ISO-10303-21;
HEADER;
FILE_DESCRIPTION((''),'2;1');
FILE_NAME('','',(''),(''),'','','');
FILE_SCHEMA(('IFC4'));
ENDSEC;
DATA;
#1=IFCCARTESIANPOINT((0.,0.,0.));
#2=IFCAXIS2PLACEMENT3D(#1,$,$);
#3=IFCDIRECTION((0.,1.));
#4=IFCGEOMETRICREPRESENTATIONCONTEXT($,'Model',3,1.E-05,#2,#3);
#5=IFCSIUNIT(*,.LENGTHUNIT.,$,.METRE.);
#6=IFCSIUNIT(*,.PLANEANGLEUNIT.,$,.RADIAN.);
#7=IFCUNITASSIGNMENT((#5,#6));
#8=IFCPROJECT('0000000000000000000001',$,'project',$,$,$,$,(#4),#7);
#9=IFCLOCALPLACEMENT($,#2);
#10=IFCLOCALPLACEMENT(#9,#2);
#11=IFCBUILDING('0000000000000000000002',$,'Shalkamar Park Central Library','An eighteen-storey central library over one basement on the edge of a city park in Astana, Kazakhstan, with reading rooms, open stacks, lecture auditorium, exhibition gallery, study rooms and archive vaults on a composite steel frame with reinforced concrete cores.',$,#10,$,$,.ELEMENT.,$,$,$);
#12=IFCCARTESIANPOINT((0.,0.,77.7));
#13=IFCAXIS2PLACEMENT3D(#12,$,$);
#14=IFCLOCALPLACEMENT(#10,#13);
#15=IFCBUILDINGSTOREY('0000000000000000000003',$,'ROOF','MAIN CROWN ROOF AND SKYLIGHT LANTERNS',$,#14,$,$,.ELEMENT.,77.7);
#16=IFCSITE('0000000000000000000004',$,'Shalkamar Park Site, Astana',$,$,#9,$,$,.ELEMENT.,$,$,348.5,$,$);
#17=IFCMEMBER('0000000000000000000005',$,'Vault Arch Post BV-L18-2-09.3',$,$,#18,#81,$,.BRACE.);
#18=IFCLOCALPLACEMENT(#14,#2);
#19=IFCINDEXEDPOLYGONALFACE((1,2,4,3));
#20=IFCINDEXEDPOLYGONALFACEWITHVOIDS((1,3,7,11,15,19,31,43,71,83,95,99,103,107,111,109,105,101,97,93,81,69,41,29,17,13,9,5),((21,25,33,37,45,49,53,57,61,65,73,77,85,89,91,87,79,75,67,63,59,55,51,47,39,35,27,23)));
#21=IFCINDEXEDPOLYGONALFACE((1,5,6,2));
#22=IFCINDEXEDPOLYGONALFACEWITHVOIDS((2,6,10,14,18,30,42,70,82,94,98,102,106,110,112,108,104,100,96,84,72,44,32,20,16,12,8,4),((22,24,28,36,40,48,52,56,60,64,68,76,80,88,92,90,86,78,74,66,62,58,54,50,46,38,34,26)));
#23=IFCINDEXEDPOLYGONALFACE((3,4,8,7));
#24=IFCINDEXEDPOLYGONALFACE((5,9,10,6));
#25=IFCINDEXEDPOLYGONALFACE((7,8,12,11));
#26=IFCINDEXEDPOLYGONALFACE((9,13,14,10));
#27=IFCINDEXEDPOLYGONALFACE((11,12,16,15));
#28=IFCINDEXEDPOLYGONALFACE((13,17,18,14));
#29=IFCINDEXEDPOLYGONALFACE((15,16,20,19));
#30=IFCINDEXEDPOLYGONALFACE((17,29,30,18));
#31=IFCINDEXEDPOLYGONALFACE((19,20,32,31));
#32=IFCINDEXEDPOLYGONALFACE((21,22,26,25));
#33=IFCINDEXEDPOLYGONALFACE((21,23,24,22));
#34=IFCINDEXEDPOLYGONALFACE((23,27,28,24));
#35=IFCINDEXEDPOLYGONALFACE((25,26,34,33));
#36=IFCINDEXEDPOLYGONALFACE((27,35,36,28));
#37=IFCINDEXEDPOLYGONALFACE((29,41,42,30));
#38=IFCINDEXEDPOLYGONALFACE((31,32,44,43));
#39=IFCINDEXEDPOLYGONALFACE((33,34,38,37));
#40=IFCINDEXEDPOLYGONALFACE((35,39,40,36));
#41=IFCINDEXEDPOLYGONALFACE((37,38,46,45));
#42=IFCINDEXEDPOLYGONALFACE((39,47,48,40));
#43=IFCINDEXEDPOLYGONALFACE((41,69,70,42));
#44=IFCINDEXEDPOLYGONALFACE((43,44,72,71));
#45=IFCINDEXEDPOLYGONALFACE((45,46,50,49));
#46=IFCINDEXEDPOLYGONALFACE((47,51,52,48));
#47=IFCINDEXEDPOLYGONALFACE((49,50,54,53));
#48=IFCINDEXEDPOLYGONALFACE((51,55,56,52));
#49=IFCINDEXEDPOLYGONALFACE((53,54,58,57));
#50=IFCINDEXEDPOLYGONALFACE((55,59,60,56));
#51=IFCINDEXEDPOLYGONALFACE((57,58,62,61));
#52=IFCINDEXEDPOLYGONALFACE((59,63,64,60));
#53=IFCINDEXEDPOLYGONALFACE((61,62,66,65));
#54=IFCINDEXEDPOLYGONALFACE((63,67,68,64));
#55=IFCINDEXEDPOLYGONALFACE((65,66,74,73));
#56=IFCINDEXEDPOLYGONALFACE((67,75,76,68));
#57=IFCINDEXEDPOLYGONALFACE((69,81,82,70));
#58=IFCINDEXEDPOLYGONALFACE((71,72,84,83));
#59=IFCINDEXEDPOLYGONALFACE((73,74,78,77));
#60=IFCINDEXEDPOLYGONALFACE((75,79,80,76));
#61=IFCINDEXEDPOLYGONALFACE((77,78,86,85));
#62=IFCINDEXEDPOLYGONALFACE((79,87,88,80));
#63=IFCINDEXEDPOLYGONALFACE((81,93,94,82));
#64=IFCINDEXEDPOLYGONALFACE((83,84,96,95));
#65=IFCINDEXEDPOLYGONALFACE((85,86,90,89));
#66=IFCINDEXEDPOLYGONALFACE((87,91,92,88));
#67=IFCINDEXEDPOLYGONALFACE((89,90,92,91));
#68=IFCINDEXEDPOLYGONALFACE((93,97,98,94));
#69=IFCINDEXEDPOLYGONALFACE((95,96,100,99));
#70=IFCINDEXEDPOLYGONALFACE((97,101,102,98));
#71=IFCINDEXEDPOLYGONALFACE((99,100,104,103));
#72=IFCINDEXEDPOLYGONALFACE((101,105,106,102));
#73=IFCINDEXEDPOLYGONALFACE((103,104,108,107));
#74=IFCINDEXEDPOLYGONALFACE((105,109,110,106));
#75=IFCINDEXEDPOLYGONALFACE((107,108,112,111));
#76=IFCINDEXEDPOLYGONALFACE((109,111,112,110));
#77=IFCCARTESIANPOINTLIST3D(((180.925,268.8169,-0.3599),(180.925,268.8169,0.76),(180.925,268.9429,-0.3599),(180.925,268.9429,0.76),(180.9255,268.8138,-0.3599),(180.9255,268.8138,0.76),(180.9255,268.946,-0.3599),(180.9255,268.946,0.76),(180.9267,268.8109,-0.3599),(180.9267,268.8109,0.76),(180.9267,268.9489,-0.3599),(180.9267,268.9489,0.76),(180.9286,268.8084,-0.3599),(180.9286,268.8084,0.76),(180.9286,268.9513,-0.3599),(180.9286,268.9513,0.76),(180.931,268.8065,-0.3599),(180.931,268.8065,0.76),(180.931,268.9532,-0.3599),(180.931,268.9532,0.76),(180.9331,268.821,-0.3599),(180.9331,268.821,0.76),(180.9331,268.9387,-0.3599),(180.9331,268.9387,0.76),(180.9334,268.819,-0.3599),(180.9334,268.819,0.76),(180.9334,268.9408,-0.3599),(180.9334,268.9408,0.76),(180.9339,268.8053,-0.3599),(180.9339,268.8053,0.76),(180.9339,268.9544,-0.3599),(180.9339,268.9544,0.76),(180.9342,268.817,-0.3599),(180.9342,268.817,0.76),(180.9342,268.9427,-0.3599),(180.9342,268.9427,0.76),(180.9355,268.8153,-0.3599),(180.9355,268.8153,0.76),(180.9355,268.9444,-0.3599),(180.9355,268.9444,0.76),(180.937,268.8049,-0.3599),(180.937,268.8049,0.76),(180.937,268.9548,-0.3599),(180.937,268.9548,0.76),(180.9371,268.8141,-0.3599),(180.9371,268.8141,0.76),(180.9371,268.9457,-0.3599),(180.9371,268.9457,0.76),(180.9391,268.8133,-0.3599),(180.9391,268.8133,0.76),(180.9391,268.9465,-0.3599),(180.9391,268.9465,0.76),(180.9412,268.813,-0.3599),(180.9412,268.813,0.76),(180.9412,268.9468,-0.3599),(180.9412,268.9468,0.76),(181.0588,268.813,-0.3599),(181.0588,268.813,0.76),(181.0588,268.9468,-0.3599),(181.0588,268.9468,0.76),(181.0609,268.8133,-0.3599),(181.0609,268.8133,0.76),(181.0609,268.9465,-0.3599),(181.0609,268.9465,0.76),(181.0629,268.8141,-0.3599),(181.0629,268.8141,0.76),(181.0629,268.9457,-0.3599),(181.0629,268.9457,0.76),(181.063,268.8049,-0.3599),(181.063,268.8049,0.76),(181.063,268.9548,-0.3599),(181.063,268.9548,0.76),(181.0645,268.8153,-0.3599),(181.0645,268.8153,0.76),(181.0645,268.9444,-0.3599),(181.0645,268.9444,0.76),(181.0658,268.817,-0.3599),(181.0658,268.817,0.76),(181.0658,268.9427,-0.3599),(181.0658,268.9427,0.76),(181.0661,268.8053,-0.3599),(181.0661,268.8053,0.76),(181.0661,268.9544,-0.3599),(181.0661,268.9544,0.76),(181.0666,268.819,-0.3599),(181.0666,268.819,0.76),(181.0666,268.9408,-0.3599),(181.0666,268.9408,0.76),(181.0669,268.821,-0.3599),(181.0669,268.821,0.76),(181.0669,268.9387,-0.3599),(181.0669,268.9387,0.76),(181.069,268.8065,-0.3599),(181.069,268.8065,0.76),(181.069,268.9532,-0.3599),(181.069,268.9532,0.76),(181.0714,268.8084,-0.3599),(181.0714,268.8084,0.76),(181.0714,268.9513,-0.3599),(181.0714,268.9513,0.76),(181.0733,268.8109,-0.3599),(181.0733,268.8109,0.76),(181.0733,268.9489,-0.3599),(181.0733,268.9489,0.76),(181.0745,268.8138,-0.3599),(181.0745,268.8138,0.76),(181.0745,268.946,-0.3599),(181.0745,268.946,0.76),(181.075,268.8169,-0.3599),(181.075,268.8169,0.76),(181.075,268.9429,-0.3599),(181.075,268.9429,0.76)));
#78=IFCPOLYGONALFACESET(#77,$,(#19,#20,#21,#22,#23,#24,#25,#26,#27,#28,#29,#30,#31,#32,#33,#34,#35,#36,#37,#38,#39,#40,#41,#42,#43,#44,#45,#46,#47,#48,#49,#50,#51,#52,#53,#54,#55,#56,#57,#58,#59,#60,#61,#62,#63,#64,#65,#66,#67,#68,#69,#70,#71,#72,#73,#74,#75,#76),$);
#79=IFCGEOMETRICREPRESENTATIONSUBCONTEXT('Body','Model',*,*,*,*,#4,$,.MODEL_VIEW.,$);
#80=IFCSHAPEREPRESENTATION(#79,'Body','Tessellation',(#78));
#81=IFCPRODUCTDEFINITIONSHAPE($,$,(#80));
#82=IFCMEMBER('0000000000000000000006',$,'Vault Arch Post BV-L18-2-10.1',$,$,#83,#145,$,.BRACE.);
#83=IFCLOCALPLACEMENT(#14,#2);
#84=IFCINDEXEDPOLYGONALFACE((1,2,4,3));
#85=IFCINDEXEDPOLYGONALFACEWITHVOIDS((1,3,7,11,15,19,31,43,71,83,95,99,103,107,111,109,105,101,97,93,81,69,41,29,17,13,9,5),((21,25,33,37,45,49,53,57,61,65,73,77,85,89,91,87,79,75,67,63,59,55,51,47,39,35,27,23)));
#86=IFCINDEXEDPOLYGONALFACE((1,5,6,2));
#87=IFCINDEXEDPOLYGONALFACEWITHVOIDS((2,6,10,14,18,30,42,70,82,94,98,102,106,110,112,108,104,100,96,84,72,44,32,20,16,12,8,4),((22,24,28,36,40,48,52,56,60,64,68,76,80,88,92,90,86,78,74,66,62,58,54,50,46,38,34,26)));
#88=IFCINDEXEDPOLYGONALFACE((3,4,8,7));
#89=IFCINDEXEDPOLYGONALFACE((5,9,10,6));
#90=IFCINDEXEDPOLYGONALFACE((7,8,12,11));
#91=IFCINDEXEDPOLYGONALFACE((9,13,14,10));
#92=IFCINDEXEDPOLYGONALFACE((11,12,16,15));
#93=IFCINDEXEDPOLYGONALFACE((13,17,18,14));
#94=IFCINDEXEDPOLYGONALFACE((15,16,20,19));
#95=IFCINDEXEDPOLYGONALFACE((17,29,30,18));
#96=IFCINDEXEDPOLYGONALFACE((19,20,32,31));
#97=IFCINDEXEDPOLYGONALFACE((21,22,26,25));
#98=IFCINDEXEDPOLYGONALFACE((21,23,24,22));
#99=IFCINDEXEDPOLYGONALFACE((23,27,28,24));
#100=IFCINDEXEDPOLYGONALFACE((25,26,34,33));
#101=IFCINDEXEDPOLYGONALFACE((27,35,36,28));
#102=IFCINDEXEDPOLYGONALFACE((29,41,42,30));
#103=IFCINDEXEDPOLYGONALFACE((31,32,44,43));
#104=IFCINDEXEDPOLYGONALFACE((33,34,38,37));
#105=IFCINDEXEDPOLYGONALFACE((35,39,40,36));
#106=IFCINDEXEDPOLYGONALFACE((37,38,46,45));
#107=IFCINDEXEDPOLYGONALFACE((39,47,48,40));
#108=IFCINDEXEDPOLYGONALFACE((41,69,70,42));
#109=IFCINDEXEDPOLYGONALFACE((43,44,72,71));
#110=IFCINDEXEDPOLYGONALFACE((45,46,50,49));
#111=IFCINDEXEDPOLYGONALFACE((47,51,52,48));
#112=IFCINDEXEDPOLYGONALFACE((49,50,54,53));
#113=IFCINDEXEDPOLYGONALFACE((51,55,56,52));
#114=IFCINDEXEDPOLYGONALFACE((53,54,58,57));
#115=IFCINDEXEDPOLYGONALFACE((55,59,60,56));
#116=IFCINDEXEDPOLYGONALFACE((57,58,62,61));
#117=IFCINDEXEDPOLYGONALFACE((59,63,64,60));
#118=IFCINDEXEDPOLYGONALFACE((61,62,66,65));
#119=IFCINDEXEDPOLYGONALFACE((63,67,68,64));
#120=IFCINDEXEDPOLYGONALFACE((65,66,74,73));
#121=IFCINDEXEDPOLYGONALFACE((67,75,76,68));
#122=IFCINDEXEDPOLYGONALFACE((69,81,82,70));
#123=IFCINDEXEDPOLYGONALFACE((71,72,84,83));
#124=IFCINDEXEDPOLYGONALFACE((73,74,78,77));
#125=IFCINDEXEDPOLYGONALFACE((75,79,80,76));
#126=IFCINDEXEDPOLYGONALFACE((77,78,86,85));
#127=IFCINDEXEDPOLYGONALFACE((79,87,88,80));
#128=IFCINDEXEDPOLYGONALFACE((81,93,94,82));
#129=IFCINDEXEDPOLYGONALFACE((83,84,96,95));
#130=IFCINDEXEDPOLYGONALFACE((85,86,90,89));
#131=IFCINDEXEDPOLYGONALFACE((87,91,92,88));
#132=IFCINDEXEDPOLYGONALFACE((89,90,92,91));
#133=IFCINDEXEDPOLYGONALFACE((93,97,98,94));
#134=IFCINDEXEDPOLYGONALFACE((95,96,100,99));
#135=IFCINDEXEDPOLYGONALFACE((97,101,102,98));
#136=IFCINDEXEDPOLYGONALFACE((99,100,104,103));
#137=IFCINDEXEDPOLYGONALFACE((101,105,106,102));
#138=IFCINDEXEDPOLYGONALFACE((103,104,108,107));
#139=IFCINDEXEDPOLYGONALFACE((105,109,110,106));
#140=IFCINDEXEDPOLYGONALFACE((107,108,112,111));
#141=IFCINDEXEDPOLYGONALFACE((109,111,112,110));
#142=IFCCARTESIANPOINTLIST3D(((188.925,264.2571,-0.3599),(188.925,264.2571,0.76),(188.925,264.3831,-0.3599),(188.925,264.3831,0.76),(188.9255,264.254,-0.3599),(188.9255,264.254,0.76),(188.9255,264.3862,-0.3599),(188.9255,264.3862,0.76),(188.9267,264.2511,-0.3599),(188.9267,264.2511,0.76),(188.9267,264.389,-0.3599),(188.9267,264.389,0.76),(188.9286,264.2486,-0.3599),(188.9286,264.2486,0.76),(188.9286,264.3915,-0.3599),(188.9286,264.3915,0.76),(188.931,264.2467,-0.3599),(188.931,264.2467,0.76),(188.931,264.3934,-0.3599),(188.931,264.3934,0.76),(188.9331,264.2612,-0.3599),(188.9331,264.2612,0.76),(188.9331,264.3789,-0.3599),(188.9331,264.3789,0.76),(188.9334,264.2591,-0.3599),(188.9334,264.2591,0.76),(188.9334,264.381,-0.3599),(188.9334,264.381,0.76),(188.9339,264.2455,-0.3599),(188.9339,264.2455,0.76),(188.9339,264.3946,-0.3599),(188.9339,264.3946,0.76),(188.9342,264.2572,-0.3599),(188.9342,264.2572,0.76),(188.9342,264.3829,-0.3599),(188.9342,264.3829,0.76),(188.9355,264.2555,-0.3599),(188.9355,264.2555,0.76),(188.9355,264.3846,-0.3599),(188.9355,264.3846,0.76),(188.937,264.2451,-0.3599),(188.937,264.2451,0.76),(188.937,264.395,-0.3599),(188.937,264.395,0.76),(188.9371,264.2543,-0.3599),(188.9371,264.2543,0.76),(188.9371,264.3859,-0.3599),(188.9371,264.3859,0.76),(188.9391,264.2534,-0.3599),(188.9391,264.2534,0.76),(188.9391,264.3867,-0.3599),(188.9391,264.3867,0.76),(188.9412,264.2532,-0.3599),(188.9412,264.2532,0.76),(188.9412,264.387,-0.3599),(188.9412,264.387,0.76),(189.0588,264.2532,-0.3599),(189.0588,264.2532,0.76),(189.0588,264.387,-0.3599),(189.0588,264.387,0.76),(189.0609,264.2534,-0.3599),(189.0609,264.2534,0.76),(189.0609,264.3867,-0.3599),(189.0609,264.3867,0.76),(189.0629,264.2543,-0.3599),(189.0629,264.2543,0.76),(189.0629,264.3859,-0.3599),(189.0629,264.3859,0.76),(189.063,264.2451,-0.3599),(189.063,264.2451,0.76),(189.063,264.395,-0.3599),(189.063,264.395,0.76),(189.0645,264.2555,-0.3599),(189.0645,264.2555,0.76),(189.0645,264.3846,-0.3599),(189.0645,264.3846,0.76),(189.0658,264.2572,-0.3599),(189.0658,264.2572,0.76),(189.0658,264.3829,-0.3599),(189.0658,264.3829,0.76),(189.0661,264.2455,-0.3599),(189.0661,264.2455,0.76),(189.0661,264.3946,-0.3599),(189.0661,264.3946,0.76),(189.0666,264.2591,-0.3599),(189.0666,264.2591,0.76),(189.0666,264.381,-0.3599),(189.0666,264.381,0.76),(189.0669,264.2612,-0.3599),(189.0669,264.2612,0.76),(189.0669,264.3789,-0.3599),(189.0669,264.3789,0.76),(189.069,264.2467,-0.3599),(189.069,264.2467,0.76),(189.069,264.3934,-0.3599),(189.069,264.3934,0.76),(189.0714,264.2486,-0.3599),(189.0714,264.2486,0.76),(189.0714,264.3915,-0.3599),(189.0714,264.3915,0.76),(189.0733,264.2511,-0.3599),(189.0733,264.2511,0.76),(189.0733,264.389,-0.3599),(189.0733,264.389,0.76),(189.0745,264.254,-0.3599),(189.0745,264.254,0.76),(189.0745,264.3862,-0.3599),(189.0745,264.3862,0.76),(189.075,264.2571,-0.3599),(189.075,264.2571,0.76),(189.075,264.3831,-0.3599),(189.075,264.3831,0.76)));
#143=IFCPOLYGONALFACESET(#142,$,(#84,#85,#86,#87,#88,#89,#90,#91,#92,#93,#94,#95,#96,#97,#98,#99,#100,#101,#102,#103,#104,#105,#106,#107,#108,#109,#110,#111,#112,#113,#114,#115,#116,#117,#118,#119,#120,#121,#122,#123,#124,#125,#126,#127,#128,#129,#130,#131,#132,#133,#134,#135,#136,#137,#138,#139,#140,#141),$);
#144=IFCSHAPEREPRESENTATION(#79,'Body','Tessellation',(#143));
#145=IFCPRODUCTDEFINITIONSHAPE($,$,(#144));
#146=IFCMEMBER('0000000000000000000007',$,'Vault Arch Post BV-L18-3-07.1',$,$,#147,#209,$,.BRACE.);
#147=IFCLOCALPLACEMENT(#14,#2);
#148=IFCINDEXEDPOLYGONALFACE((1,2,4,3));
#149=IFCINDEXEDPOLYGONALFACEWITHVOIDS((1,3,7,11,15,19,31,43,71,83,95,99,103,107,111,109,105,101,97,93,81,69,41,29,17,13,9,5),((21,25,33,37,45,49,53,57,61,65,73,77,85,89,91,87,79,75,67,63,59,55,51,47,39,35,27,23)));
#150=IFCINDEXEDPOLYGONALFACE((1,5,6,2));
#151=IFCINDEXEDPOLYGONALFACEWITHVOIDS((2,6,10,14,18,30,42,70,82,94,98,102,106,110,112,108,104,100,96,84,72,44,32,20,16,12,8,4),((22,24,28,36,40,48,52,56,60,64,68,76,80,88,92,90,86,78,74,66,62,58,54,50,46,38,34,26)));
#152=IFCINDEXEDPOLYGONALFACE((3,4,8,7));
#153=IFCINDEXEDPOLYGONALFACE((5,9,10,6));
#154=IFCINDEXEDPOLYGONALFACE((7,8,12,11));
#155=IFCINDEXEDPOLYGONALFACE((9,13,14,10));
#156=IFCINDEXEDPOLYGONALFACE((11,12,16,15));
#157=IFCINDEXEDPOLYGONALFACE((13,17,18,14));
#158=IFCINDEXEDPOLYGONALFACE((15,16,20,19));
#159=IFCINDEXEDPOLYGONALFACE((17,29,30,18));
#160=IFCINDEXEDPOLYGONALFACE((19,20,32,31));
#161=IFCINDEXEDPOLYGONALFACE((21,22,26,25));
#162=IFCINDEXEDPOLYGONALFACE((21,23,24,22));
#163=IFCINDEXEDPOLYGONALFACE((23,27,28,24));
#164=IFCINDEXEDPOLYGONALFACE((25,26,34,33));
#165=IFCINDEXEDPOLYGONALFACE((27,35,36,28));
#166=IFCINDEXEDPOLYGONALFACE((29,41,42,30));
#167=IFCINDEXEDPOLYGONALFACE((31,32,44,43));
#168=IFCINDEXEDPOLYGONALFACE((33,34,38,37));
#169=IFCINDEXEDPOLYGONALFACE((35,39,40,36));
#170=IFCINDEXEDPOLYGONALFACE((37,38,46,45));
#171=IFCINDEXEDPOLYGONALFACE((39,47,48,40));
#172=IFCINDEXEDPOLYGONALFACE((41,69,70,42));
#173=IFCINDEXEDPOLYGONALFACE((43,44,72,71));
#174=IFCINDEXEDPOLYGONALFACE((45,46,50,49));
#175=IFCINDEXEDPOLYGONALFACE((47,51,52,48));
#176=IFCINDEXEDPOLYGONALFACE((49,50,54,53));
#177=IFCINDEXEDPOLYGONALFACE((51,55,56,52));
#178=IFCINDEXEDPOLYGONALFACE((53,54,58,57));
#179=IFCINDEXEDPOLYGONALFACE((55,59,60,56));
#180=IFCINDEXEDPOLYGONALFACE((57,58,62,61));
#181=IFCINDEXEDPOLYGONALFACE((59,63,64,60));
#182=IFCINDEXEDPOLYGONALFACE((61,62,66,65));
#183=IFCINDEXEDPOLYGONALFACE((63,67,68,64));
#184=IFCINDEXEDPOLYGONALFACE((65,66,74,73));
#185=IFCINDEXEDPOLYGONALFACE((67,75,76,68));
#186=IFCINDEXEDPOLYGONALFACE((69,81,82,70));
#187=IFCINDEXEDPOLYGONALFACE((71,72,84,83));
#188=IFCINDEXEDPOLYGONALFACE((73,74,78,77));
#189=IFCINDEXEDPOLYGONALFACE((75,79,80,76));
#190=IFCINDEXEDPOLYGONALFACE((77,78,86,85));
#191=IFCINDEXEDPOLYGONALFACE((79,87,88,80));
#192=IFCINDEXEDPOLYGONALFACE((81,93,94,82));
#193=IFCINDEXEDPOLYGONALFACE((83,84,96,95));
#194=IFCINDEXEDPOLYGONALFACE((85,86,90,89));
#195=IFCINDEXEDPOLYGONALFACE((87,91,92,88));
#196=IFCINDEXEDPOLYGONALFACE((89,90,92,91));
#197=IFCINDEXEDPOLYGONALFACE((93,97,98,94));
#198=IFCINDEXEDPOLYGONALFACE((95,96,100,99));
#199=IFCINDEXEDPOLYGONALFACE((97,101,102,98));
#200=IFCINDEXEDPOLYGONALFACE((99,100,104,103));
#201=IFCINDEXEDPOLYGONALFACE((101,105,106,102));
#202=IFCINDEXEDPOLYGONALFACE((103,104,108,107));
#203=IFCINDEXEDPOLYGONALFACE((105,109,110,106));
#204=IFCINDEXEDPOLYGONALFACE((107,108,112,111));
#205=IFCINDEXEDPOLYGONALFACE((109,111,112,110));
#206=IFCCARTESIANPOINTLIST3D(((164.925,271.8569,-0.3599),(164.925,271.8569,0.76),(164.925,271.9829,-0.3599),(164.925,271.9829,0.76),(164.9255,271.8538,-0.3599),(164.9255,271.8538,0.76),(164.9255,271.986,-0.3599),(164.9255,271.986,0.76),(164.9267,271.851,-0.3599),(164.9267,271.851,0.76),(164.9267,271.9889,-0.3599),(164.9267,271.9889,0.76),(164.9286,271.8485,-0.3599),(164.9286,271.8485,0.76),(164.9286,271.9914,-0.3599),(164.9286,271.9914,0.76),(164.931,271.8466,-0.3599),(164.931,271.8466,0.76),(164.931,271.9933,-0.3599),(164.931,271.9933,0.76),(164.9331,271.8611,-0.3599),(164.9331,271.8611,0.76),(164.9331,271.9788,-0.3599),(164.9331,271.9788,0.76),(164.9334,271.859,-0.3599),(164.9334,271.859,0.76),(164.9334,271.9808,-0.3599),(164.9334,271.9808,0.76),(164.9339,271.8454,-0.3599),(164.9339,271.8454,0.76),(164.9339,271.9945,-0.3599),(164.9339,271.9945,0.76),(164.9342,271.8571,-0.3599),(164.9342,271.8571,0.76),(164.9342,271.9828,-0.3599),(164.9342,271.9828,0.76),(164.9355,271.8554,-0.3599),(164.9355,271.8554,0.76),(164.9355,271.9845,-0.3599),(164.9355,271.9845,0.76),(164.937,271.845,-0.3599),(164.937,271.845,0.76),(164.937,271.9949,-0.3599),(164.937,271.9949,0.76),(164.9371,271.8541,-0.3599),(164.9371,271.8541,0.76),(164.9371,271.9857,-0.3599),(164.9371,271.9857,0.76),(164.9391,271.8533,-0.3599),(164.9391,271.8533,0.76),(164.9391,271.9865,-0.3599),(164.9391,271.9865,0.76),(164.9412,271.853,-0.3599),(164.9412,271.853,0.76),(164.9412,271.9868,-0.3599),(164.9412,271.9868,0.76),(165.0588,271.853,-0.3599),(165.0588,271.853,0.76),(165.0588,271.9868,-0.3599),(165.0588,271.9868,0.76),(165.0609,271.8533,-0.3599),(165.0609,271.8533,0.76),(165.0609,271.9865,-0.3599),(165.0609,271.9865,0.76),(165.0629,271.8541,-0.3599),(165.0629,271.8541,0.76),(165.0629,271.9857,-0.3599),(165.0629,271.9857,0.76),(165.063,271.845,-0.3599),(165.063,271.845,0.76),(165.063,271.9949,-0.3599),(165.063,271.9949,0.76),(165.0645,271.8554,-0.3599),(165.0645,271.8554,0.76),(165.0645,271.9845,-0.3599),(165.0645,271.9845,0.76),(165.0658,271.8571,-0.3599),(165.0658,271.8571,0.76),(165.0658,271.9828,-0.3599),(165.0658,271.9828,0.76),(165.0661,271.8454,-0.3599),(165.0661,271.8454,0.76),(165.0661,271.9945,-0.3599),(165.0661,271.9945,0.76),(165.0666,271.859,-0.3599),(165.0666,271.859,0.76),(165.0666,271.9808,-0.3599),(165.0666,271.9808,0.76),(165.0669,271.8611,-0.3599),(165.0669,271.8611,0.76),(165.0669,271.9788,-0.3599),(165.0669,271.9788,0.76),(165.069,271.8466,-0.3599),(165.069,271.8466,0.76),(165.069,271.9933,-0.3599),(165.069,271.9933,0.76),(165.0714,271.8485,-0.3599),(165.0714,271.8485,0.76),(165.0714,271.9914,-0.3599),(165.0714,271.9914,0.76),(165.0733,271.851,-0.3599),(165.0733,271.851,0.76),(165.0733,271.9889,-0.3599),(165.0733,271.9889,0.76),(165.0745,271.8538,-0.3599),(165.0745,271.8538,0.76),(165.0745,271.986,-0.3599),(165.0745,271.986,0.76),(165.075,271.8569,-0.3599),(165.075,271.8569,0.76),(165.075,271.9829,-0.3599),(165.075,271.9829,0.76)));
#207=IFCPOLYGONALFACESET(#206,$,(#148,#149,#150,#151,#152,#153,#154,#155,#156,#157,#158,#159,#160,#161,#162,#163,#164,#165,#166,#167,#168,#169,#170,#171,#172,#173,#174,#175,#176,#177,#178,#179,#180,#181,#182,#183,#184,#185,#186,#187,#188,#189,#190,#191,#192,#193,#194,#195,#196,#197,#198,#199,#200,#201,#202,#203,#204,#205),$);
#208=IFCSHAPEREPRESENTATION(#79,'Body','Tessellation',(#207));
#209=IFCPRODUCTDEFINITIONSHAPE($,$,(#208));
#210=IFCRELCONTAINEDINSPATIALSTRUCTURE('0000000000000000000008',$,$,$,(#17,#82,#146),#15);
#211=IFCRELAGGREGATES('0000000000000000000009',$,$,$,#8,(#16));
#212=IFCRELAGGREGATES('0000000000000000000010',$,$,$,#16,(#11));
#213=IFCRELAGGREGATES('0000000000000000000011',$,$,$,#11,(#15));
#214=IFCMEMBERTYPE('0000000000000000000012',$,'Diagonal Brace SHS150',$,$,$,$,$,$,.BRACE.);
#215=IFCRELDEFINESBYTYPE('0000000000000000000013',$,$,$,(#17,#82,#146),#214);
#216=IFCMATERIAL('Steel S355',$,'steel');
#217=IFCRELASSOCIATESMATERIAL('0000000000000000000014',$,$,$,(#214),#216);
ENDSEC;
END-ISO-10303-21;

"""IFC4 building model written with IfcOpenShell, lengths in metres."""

from ifc_helpers import new_model, si_unit, direction, frame, origin, origin_2d, place, context, subcontext, project, spatial, hollow_rectangle, extrude, material, material_profile, profile_set, type_object, element, save


model = new_model("IFC4")

# Units and contexts
model_context = context("Model", 3, precision=1e-05, world=origin(), true_north=direction((0.0, 1.0)))
body_context = subcontext(model_context, "Body", "Model", "MODEL_VIEW")
ifc_project = project(units=[si_unit("LENGTHUNIT", "METRE"), si_unit("PLANEANGLEUNIT", "RADIAN")], contexts=[model_context])

# Site, building, storey
site_placement = place(None, origin())
site = spatial("IfcSite", under=ifc_project, at=site_placement, Name="Shalkamar Park Site, Astana", CompositionType="ELEMENT", RefElevation=348.5)
building_placement = place(site_placement, origin())
building = spatial("IfcBuilding", under=site, at=building_placement, Name="Shalkamar Park Central Library", Description="An eighteen-storey central library over one basement on the edge of a city park in Astana, Kazakhstan, with reading rooms, open stacks, lecture auditorium, exhibition gallery, study rooms and archive vaults on a composite steel frame with reinforced concrete cores.", CompositionType="ELEMENT")
storey_placement = place(building_placement, frame((0.0, 0.0, 77.7)))
storey = spatial("IfcBuildingStorey", under=building, at=storey_placement, Name="ROOF", Description="MAIN CROWN ROOF AND SKYLIGHT LANTERNS", CompositionType="ELEMENT", Elevation=77.7)

# Members
ifc_material_1 = material(Name="Steel S355", Category="steel")
ifc_material_profile_1 = material_profile(ifc_material_1, hollow_rectangle(XDim=0.1499, YDim=0.1499, WallThickness=0.0081, InnerFilletRadius=0.0081, OuterFilletRadius=0.012, at=origin_2d()), Name="SHS 150x150x8")
ifc_profile_set_1 = profile_set([ifc_material_profile_1], Name="Steel S355")
member_type_1 = type_object("IfcMemberType", Name="Diagonal Brace SHS150", PredefinedType="BRACE", material=ifc_profile_set_1)
for number, where, z_axis, x_axis, name in (
    (1, (181.0, 268.8799, -0.3599), (0.0, 0.0, 1.0), (1.0, 0.0, 0.0), "Vault Arch Post BV-L18-2-09.3"),
    (2, (189.0, 264.3201, -0.3599), (0.0, 0.0, 1.0), (1.0, 0.0, 0.0), "Vault Arch Post BV-L18-2-10.1"),
    (3, (165.0, 271.9199, -0.3599), (0.0, 0.0, 1.0), (1.0, 0.0, 0.0), "Vault Arch Post BV-L18-3-07.1"),
):
    element("IfcMember", number, at=place(storey_placement, frame(where, z_axis=z_axis, x_axis=x_axis)), inside=storey, type_object=member_type_1, Name=name, PredefinedType="BRACE", context=body_context, shape_type="SweptSolid", body=[
        extrude(hollow_rectangle(XDim=0.1499, YDim=0.1499, WallThickness=0.0081, InnerFilletRadius=0.0081, OuterFilletRadius=0.012, at=origin_2d()), origin(), (0.0, 0.0, 1.0), 1.1199),
    ])

save(model, "model.ifc")
